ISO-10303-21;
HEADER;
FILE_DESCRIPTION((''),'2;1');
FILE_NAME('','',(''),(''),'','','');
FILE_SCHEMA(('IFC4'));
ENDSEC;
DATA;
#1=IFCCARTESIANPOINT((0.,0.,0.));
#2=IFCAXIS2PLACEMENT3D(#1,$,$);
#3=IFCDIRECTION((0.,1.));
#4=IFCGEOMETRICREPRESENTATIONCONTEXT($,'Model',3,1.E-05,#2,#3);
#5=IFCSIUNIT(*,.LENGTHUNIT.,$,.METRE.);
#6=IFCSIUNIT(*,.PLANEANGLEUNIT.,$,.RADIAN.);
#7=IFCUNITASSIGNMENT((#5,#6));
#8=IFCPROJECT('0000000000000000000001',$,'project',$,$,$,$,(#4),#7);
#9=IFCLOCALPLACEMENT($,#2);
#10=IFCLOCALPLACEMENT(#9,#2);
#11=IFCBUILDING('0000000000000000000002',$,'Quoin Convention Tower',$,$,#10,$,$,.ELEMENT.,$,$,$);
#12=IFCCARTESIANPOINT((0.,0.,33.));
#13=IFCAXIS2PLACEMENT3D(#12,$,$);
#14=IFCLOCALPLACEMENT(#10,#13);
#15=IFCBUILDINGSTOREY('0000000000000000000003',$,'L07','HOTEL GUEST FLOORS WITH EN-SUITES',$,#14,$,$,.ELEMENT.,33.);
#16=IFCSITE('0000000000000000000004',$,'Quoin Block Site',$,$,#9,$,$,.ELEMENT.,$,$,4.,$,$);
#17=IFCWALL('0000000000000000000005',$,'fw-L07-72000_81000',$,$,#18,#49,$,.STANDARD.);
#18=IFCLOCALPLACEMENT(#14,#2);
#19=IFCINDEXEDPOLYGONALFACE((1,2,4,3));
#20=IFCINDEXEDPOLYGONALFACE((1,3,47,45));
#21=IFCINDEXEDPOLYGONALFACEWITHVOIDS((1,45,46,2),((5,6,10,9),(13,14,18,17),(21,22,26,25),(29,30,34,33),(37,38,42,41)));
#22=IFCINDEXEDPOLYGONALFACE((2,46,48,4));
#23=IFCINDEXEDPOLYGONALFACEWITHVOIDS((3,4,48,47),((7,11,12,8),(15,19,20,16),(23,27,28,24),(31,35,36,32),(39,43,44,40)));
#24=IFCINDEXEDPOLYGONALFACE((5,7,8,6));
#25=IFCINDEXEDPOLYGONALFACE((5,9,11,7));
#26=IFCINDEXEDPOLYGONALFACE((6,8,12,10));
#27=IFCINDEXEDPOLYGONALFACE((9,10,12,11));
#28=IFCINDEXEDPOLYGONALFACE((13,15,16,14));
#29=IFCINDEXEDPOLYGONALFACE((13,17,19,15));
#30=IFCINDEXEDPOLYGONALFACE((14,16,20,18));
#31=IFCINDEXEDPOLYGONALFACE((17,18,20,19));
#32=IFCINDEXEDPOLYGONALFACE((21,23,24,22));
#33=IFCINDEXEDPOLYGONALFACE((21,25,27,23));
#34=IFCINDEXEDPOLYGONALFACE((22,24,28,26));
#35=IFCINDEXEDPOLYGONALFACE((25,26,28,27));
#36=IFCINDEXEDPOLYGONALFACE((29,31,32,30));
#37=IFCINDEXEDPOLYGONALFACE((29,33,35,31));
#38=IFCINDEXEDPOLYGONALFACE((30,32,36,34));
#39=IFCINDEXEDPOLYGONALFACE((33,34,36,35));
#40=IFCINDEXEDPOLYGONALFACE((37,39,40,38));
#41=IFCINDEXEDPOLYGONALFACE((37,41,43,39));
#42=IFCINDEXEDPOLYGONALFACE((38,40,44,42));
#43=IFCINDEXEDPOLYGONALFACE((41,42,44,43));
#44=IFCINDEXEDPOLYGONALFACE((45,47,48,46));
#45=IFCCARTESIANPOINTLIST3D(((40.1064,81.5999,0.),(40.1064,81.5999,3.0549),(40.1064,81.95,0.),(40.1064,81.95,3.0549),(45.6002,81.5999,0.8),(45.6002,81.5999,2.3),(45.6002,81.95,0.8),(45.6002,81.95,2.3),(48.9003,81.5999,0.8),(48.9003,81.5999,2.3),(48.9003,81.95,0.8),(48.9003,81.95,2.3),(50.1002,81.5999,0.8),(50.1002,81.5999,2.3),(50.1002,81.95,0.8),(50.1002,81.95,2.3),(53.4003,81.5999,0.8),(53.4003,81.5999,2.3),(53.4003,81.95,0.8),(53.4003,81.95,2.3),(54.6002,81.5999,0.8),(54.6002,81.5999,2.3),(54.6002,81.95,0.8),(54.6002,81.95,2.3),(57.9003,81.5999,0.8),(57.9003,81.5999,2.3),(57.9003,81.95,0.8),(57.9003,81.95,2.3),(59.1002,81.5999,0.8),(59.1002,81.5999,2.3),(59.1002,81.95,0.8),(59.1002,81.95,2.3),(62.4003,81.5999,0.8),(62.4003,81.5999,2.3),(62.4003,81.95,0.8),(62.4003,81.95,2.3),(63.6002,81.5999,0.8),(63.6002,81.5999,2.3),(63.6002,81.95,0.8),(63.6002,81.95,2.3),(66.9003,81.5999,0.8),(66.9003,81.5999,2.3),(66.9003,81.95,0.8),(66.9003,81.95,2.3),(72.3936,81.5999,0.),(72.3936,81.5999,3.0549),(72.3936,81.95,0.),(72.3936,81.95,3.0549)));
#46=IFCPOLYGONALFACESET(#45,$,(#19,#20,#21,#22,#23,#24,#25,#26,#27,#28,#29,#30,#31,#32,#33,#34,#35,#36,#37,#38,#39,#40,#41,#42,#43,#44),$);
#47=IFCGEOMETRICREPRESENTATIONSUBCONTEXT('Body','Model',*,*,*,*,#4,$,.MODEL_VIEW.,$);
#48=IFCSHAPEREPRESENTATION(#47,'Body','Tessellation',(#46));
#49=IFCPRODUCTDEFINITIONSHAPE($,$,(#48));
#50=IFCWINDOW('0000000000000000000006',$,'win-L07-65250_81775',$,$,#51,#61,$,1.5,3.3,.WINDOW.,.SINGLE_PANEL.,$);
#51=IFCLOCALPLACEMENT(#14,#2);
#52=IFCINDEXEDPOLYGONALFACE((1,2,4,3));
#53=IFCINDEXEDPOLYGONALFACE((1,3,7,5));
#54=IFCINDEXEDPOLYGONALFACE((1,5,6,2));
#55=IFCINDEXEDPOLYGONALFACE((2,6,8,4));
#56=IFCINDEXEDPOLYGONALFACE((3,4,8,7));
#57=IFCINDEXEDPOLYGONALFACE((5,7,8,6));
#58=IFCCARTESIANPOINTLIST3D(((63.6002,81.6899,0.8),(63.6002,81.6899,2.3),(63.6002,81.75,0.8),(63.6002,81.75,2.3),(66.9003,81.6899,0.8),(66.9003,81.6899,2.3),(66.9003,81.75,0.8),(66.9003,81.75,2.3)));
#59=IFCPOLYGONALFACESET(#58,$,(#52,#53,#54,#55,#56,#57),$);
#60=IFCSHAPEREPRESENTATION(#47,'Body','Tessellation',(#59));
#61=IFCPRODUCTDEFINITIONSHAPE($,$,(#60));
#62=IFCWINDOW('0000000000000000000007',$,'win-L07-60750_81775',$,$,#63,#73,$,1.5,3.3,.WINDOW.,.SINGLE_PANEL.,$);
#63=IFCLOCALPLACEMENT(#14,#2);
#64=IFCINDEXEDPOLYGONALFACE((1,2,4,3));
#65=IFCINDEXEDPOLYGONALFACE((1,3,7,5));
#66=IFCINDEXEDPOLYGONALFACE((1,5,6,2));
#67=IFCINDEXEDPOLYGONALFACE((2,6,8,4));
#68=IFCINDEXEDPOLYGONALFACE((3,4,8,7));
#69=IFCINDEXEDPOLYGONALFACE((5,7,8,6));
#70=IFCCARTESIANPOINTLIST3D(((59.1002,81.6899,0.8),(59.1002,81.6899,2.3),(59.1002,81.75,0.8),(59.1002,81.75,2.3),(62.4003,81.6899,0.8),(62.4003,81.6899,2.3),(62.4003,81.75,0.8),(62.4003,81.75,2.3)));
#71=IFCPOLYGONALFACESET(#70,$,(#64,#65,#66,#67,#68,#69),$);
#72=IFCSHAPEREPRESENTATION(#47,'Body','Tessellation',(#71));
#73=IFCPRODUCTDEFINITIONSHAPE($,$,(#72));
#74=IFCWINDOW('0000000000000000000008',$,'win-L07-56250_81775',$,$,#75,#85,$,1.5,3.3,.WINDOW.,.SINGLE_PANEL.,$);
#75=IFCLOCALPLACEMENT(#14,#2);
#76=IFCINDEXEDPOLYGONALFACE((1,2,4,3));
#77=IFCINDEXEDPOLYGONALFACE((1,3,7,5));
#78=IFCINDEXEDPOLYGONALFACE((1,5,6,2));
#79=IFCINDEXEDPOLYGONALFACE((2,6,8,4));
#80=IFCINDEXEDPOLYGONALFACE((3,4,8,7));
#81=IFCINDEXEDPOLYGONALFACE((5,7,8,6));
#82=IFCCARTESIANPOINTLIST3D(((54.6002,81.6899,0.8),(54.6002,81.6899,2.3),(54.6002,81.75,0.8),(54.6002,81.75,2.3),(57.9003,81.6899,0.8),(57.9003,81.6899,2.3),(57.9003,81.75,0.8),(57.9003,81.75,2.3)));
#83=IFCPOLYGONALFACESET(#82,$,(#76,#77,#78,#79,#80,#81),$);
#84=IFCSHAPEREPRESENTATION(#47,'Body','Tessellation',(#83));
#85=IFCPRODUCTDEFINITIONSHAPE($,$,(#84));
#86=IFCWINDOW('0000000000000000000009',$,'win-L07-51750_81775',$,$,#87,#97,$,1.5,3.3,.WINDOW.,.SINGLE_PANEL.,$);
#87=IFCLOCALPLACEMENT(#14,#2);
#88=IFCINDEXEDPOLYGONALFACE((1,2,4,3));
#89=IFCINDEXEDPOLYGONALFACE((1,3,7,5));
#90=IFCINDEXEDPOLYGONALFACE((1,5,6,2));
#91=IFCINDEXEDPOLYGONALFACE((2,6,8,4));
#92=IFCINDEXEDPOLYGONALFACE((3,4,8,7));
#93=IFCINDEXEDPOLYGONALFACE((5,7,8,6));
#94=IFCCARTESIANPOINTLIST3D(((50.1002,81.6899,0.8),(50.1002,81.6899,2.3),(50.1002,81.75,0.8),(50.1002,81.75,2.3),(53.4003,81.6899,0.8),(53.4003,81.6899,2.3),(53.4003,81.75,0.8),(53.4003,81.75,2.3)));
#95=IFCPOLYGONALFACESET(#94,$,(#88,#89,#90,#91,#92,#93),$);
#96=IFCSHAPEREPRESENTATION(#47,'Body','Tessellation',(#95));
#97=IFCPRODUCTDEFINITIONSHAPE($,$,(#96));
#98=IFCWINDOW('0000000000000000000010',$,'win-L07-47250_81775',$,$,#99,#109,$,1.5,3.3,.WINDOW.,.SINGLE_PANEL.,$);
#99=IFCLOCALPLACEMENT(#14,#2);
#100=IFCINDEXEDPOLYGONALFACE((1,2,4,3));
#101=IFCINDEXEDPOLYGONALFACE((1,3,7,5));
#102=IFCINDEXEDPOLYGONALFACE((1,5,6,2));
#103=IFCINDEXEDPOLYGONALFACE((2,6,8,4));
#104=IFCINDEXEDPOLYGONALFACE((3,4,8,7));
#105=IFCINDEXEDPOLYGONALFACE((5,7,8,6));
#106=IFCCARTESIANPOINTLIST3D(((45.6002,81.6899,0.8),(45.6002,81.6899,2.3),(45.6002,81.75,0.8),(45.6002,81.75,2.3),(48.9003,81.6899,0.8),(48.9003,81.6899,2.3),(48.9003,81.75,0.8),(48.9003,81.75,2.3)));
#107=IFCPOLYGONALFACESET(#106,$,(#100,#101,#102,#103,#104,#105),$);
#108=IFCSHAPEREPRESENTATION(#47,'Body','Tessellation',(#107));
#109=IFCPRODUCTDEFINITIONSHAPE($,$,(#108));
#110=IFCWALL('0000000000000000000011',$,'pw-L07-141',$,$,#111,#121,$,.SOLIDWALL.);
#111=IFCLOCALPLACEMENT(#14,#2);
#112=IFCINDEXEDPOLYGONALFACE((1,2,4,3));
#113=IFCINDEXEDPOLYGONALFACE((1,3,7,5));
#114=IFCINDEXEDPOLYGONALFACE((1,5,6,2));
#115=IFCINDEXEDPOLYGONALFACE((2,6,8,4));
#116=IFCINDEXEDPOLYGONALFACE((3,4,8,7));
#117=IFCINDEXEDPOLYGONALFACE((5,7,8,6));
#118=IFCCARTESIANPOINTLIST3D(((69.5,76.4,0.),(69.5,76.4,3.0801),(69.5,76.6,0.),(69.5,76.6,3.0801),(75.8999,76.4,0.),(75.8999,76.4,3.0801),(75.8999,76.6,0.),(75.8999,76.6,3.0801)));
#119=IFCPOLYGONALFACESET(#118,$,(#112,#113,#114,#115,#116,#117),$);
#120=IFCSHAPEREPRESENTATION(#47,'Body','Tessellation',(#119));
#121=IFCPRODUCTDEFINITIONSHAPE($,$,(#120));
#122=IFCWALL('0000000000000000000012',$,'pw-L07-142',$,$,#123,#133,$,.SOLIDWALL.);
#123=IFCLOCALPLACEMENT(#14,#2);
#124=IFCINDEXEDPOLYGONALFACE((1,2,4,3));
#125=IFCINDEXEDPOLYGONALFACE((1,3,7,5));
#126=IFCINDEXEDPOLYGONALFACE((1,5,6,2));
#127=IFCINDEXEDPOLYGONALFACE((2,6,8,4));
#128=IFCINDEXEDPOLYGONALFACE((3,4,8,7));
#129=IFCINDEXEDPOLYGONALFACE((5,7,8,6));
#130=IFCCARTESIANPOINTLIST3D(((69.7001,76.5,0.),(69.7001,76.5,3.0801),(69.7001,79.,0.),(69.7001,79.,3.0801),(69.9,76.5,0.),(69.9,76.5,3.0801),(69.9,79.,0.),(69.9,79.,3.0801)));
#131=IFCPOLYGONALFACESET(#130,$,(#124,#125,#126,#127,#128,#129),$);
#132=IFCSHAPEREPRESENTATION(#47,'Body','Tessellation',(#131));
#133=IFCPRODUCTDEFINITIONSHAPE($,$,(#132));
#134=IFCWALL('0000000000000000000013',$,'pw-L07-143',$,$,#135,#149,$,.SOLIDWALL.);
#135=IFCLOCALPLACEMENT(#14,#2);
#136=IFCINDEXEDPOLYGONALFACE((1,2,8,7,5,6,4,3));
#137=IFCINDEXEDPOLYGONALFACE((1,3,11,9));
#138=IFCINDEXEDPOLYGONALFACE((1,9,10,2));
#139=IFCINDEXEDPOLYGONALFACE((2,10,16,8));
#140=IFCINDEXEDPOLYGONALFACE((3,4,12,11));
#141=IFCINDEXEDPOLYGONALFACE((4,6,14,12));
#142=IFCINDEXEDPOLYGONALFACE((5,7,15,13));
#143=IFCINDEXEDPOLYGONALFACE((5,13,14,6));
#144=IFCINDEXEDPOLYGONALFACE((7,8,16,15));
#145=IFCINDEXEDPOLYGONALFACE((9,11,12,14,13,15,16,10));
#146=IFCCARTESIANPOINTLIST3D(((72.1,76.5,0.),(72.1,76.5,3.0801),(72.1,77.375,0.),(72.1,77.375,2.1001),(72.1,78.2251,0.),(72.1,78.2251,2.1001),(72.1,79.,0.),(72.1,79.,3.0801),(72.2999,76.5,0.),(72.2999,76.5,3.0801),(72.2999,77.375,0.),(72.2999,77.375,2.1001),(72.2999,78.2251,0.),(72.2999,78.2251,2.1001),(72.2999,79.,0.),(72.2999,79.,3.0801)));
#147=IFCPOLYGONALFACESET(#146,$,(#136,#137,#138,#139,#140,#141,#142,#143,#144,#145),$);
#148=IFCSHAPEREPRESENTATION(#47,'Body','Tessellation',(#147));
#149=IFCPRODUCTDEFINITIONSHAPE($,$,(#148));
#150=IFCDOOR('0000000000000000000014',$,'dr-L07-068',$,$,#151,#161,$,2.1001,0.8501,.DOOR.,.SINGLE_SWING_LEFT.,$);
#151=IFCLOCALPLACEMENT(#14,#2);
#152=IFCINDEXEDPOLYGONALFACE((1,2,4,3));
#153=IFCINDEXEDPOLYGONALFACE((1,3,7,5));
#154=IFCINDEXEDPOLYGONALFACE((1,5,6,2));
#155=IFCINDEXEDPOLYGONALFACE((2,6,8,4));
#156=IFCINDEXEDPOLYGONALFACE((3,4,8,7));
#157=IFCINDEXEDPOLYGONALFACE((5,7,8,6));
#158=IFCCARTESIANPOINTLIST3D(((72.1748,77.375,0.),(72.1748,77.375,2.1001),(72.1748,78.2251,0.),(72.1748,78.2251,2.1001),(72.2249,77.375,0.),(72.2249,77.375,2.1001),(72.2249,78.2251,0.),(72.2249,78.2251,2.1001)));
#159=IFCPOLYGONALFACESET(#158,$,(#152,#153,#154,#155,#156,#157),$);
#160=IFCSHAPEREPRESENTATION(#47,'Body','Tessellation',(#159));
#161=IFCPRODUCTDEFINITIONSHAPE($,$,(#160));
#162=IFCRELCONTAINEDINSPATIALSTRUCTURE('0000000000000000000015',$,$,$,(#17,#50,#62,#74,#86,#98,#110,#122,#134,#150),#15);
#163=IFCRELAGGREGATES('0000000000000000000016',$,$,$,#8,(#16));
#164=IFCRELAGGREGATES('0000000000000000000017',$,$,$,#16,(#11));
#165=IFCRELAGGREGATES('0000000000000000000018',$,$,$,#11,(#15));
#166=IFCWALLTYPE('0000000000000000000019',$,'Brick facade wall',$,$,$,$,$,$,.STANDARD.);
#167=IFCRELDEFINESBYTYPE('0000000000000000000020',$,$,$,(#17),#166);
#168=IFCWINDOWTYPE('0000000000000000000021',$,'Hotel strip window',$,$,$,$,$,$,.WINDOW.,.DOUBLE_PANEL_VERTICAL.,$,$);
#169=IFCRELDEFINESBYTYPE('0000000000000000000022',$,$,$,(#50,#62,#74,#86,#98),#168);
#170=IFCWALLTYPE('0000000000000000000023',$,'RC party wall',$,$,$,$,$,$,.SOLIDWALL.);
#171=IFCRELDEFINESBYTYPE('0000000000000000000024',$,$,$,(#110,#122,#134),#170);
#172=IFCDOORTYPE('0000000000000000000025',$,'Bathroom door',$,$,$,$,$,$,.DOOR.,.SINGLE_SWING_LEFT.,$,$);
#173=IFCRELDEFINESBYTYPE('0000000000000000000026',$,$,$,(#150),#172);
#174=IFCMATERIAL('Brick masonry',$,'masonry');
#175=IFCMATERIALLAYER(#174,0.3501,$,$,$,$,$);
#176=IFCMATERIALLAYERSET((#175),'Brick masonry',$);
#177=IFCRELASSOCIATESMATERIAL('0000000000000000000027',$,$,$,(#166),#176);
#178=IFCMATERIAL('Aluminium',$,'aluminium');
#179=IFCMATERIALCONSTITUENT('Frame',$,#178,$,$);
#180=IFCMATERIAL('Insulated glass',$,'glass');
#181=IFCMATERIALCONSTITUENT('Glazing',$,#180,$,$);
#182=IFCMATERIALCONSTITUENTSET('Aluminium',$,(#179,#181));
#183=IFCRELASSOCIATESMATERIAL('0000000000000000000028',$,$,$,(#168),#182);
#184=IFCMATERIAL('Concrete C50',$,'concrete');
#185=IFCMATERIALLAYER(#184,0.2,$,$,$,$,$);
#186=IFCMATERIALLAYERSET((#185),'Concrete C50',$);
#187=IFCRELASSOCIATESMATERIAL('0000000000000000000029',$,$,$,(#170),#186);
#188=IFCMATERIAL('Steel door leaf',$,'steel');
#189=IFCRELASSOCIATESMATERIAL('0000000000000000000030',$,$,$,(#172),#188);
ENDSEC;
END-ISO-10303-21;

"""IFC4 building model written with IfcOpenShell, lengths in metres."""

from ifc_helpers import new_model, si_unit, direction, frame, frame_2d, origin, place, context, subcontext, project, spatial, rectangle, extrude, material, layer, layer_set, constituent, constituent_set, type_object, element, fill, save


model = new_model("IFC4")

# Units and contexts
model_context = context("Model", 3, precision=1e-05, world=origin(), true_north=direction((0.0, 1.0)))
body_context = subcontext(model_context, "Body", "Model", "MODEL_VIEW")
ifc_project = project(units=[si_unit("LENGTHUNIT", "METRE"), si_unit("PLANEANGLEUNIT", "RADIAN")], contexts=[model_context])

# Site, building, storey
site_placement = place(None, origin())
site = spatial("IfcSite", under=ifc_project, at=site_placement, Name="Quoin Block Site", CompositionType="ELEMENT", RefElevation=4.0)
building_placement = place(site_placement, origin())
building = spatial("IfcBuilding", under=site, at=building_placement, Name="Quoin Convention Tower", CompositionType="ELEMENT")
storey_placement = place(building_placement, frame((0.0, 0.0, 33.0)))
storey = spatial("IfcBuildingStorey", under=building, at=storey_placement, Name="L07", Description="HOTEL GUEST FLOORS WITH EN-SUITES", CompositionType="ELEMENT", Elevation=33.0)

# Shared definitions
ifc_material_1 = material(Name="Brick masonry", Category="masonry")
ifc_layer_1 = layer(ifc_material_1, 0.3501)
ifc_layer_set_1 = layer_set([ifc_layer_1], Name="Brick masonry")
wall_type_1 = type_object("IfcWallType", Name="Brick facade wall", PredefinedType="STANDARD", material=ifc_layer_set_1)
ifc_material_2 = material(Name="Aluminium", Category="aluminium")
ifc_constituent_1 = constituent(ifc_material_2, Name="Frame")
ifc_material_3 = material(Name="Insulated glass", Category="glass")
ifc_constituent_2 = constituent(ifc_material_3, Name="Glazing")
ifc_constituent_set = constituent_set(constituents=[ifc_constituent_1, ifc_constituent_2], Name="Aluminium")
window_type = type_object("IfcWindowType", Name="Hotel strip window", PartitioningType="DOUBLE_PANEL_VERTICAL", PredefinedType="WINDOW", material=ifc_constituent_set)

# Wall, openings, windows
wall_1_placement = place(storey_placement, frame((72.3936, 81.7749, 0.0), z_axis=(0.0, 0.0, 1.0), x_axis=(-1.0, 0.0, 0.0)))
wall_1 = element("IfcWall", 1, at=wall_1_placement, inside=storey, type_object=wall_type_1, Name="fw-L07-72000_81000", PredefinedType="STANDARD", context=body_context, shape_type="SweptSolid", body=[
    extrude(rectangle(XDim=32.2871, YDim=0.3501, at=frame_2d((16.1436, 0.0))), origin(), (0.0, 0.0, 1.0), 3.0549),
])
opening_1_placement = place(wall_1_placement, frame((5.4934, 0.0, 0.8)))
opening_1 = element("IfcOpeningElement", 2, at=opening_1_placement, cuts=wall_1, PredefinedType="OPENING", context=body_context, shape_type="SweptSolid", body=[
    extrude(rectangle(XDim=3.3, YDim=1.5, at=frame_2d((1.6499, 0.75))), frame((0.0, 0.1851, 0.0), z_axis=(0.0, -1.0, 0.0), x_axis=(1.0, 0.0, 0.0)), (0.0, 0.0, 1.0), 0.3701),
])
opening_2_placement = place(wall_1_placement, frame((9.9934, 0.0, 0.8)))
opening_2 = element("IfcOpeningElement", 3, at=opening_2_placement, cuts=wall_1, PredefinedType="OPENING", context=body_context, shape_type="SweptSolid", body=[
    extrude(rectangle(XDim=3.3, YDim=1.5, at=frame_2d((1.6499, 0.75))), frame((0.0, 0.1851, 0.0), z_axis=(0.0, -1.0, 0.0), x_axis=(1.0, 0.0, 0.0)), (0.0, 0.0, 1.0), 0.3701),
])
opening_3_placement = place(wall_1_placement, frame((14.4934, 0.0, 0.8)))
opening_3 = element("IfcOpeningElement", 4, at=opening_3_placement, cuts=wall_1, PredefinedType="OPENING", context=body_context, shape_type="SweptSolid", body=[
    extrude(rectangle(XDim=3.3, YDim=1.5, at=frame_2d((1.6499, 0.75))), frame((0.0, 0.1851, 0.0), z_axis=(0.0, -1.0, 0.0), x_axis=(1.0, 0.0, 0.0)), (0.0, 0.0, 1.0), 0.3701),
])
opening_4_placement = place(wall_1_placement, frame((18.9934, 0.0, 0.8)))
opening_4 = element("IfcOpeningElement", 5, at=opening_4_placement, cuts=wall_1, PredefinedType="OPENING", context=body_context, shape_type="SweptSolid", body=[
    extrude(rectangle(XDim=3.3, YDim=1.5, at=frame_2d((1.6499, 0.75))), frame((0.0, 0.1851, 0.0), z_axis=(0.0, -1.0, 0.0), x_axis=(1.0, 0.0, 0.0)), (0.0, 0.0, 1.0), 0.3701),
])
opening_5_placement = place(wall_1_placement, frame((23.4934, 0.0, 0.8)))
opening_5 = element("IfcOpeningElement", 6, at=opening_5_placement, cuts=wall_1, PredefinedType="OPENING", context=body_context, shape_type="SweptSolid", body=[
    extrude(rectangle(XDim=3.3, YDim=1.5, at=frame_2d((1.6499, 0.75))), frame((0.0, 0.1851, 0.0), z_axis=(0.0, -1.0, 0.0), x_axis=(1.0, 0.0, 0.0)), (0.0, 0.0, 1.0), 0.3701),
])
window_1_placement = place(opening_1_placement, origin())
window_1 = element("IfcWindow", 7, at=window_1_placement, inside=storey, type_object=window_type, Name="win-L07-65250_81775", OverallHeight=1.5, OverallWidth=3.3, PartitioningType="SINGLE_PANEL", PredefinedType="WINDOW", context=body_context, shape_type="SweptSolid", body=[
    extrude(rectangle(XDim=3.3, YDim=1.5, at=frame_2d((1.6499, 0.75))), frame((0.0, 0.085, 0.0), z_axis=(0.0, -1.0, 0.0), x_axis=(1.0, 0.0, 0.0)), (0.0, 0.0, 1.0), 0.0601),
])
fill(opening_1, window_1)
window_2_placement = place(opening_2_placement, origin())
window_2 = element("IfcWindow", 8, at=window_2_placement, inside=storey, type_object=window_type, Name="win-L07-60750_81775", OverallHeight=1.5, OverallWidth=3.3, PartitioningType="SINGLE_PANEL", PredefinedType="WINDOW", context=body_context, shape_type="SweptSolid", body=[
    extrude(rectangle(XDim=3.3, YDim=1.5, at=frame_2d((1.6499, 0.75))), frame((0.0, 0.085, 0.0), z_axis=(0.0, -1.0, 0.0), x_axis=(1.0, 0.0, 0.0)), (0.0, 0.0, 1.0), 0.0601),
])
fill(opening_2, window_2)
window_3_placement = place(opening_3_placement, origin())
window_3 = element("IfcWindow", 9, at=window_3_placement, inside=storey, type_object=window_type, Name="win-L07-56250_81775", OverallHeight=1.5, OverallWidth=3.3, PartitioningType="SINGLE_PANEL", PredefinedType="WINDOW", context=body_context, shape_type="SweptSolid", body=[
    extrude(rectangle(XDim=3.3, YDim=1.5, at=frame_2d((1.6499, 0.75))), frame((0.0, 0.085, 0.0), z_axis=(0.0, -1.0, 0.0), x_axis=(1.0, 0.0, 0.0)), (0.0, 0.0, 1.0), 0.0601),
])
fill(opening_3, window_3)
window_4_placement = place(opening_4_placement, origin())
window_4 = element("IfcWindow", 10, at=window_4_placement, inside=storey, type_object=window_type, Name="win-L07-51750_81775", OverallHeight=1.5, OverallWidth=3.3, PartitioningType="SINGLE_PANEL", PredefinedType="WINDOW", context=body_context, shape_type="SweptSolid", body=[
    extrude(rectangle(XDim=3.3, YDim=1.5, at=frame_2d((1.6499, 0.75))), frame((0.0, 0.085, 0.0), z_axis=(0.0, -1.0, 0.0), x_axis=(1.0, 0.0, 0.0)), (0.0, 0.0, 1.0), 0.0601),
])
fill(opening_4, window_4)
window_5_placement = place(opening_5_placement, origin())
window_5 = element("IfcWindow", 11, at=window_5_placement, inside=storey, type_object=window_type, Name="win-L07-47250_81775", OverallHeight=1.5, OverallWidth=3.3, PartitioningType="SINGLE_PANEL", PredefinedType="WINDOW", context=body_context, shape_type="SweptSolid", body=[
    extrude(rectangle(XDim=3.3, YDim=1.5, at=frame_2d((1.6499, 0.75))), frame((0.0, 0.085, 0.0), z_axis=(0.0, -1.0, 0.0), x_axis=(1.0, 0.0, 0.0)), (0.0, 0.0, 1.0), 0.0601),
])
fill(opening_5, window_5)

# Walls
ifc_material_4 = material(Name="Concrete C50", Category="concrete")
ifc_layer_2 = layer(ifc_material_4, 0.2)
ifc_layer_set_2 = layer_set([ifc_layer_2], Name="Concrete C50")
wall_type_2 = type_object("IfcWallType", Name="RC party wall", PredefinedType="SOLIDWALL", material=ifc_layer_set_2)
wall_2_placement = place(storey_placement, frame((69.5, 76.5, 0.0), z_axis=(0.0, 0.0, 1.0), x_axis=(1.0, 0.0, 0.0)))
element("IfcWall", 12, at=wall_2_placement, inside=storey, type_object=wall_type_2, Name="pw-L07-141", PredefinedType="SOLIDWALL", context=body_context, shape_type="SweptSolid", body=[
    extrude(rectangle(XDim=6.3999, YDim=0.2, at=frame_2d((3.2, 0.0))), origin(), (0.0, 0.0, 1.0), 3.0801),
])
wall_3_placement = place(storey_placement, frame((69.8, 76.5, 0.0), z_axis=(0.0, 0.0, 1.0), x_axis=(0.0, 1.0, 0.0)))
element("IfcWall", 13, at=wall_3_placement, inside=storey, type_object=wall_type_2, Name="pw-L07-142", PredefinedType="SOLIDWALL", context=body_context, shape_type="SweptSolid", body=[
    extrude(rectangle(XDim=2.5, YDim=0.2, at=frame_2d((1.25, 0.0))), origin(), (0.0, 0.0, 1.0), 3.0801),
])

# Wall, opening, door
wall_4_placement = place(storey_placement, frame((72.2, 76.5, 0.0), z_axis=(0.0, 0.0, 1.0), x_axis=(0.0, 1.0, 0.0)))
wall_4 = element("IfcWall", 14, at=wall_4_placement, inside=storey, type_object=wall_type_2, Name="pw-L07-143", PredefinedType="SOLIDWALL", context=body_context, shape_type="SweptSolid", body=[
    extrude(rectangle(XDim=2.5, YDim=0.2, at=frame_2d((1.25, 0.0))), origin(), (0.0, 0.0, 1.0), 3.0801),
])
opening_6_placement = place(wall_4_placement, frame((0.875, 0.0, 0.0)))
opening_6 = element("IfcOpeningElement", 15, at=opening_6_placement, cuts=wall_4, PredefinedType="OPENING", context=body_context, shape_type="SweptSolid", body=[
    extrude(rectangle(XDim=0.8501, YDim=2.1001, at=frame_2d((0.425, 1.05))), frame((0.0, 0.1099, 0.0), z_axis=(0.0, -1.0, 0.0), x_axis=(1.0, 0.0, 0.0)), (0.0, 0.0, 1.0), 0.22),
])
ifc_material_5 = material(Name="Steel door leaf", Category="steel")
door_type = type_object("IfcDoorType", Name="Bathroom door", OperationType="SINGLE_SWING_LEFT", PredefinedType="DOOR", material=ifc_material_5)
door_placement = place(opening_6_placement, frame((0.8501, 0.0, 0.0), z_axis=(0.0, 0.0, 1.0), x_axis=(-1.0, 0.0, 0.0)))
door = element("IfcDoor", 16, at=door_placement, inside=storey, type_object=door_type, Name="dr-L07-068", OperationType="SINGLE_SWING_LEFT", OverallHeight=2.1001, OverallWidth=0.8501, PredefinedType="DOOR", context=body_context, shape_type="SweptSolid", body=[
    extrude(rectangle(XDim=0.8501, YDim=2.1001, at=frame_2d((0.425, 1.05))), frame((0.0, 0.0249, 0.0), z_axis=(0.0, -1.0, 0.0), x_axis=(1.0, 0.0, 0.0)), (0.0, 0.0, 1.0), 0.05),
])
fill(opening_6, door)

save(model, "model.ifc")
